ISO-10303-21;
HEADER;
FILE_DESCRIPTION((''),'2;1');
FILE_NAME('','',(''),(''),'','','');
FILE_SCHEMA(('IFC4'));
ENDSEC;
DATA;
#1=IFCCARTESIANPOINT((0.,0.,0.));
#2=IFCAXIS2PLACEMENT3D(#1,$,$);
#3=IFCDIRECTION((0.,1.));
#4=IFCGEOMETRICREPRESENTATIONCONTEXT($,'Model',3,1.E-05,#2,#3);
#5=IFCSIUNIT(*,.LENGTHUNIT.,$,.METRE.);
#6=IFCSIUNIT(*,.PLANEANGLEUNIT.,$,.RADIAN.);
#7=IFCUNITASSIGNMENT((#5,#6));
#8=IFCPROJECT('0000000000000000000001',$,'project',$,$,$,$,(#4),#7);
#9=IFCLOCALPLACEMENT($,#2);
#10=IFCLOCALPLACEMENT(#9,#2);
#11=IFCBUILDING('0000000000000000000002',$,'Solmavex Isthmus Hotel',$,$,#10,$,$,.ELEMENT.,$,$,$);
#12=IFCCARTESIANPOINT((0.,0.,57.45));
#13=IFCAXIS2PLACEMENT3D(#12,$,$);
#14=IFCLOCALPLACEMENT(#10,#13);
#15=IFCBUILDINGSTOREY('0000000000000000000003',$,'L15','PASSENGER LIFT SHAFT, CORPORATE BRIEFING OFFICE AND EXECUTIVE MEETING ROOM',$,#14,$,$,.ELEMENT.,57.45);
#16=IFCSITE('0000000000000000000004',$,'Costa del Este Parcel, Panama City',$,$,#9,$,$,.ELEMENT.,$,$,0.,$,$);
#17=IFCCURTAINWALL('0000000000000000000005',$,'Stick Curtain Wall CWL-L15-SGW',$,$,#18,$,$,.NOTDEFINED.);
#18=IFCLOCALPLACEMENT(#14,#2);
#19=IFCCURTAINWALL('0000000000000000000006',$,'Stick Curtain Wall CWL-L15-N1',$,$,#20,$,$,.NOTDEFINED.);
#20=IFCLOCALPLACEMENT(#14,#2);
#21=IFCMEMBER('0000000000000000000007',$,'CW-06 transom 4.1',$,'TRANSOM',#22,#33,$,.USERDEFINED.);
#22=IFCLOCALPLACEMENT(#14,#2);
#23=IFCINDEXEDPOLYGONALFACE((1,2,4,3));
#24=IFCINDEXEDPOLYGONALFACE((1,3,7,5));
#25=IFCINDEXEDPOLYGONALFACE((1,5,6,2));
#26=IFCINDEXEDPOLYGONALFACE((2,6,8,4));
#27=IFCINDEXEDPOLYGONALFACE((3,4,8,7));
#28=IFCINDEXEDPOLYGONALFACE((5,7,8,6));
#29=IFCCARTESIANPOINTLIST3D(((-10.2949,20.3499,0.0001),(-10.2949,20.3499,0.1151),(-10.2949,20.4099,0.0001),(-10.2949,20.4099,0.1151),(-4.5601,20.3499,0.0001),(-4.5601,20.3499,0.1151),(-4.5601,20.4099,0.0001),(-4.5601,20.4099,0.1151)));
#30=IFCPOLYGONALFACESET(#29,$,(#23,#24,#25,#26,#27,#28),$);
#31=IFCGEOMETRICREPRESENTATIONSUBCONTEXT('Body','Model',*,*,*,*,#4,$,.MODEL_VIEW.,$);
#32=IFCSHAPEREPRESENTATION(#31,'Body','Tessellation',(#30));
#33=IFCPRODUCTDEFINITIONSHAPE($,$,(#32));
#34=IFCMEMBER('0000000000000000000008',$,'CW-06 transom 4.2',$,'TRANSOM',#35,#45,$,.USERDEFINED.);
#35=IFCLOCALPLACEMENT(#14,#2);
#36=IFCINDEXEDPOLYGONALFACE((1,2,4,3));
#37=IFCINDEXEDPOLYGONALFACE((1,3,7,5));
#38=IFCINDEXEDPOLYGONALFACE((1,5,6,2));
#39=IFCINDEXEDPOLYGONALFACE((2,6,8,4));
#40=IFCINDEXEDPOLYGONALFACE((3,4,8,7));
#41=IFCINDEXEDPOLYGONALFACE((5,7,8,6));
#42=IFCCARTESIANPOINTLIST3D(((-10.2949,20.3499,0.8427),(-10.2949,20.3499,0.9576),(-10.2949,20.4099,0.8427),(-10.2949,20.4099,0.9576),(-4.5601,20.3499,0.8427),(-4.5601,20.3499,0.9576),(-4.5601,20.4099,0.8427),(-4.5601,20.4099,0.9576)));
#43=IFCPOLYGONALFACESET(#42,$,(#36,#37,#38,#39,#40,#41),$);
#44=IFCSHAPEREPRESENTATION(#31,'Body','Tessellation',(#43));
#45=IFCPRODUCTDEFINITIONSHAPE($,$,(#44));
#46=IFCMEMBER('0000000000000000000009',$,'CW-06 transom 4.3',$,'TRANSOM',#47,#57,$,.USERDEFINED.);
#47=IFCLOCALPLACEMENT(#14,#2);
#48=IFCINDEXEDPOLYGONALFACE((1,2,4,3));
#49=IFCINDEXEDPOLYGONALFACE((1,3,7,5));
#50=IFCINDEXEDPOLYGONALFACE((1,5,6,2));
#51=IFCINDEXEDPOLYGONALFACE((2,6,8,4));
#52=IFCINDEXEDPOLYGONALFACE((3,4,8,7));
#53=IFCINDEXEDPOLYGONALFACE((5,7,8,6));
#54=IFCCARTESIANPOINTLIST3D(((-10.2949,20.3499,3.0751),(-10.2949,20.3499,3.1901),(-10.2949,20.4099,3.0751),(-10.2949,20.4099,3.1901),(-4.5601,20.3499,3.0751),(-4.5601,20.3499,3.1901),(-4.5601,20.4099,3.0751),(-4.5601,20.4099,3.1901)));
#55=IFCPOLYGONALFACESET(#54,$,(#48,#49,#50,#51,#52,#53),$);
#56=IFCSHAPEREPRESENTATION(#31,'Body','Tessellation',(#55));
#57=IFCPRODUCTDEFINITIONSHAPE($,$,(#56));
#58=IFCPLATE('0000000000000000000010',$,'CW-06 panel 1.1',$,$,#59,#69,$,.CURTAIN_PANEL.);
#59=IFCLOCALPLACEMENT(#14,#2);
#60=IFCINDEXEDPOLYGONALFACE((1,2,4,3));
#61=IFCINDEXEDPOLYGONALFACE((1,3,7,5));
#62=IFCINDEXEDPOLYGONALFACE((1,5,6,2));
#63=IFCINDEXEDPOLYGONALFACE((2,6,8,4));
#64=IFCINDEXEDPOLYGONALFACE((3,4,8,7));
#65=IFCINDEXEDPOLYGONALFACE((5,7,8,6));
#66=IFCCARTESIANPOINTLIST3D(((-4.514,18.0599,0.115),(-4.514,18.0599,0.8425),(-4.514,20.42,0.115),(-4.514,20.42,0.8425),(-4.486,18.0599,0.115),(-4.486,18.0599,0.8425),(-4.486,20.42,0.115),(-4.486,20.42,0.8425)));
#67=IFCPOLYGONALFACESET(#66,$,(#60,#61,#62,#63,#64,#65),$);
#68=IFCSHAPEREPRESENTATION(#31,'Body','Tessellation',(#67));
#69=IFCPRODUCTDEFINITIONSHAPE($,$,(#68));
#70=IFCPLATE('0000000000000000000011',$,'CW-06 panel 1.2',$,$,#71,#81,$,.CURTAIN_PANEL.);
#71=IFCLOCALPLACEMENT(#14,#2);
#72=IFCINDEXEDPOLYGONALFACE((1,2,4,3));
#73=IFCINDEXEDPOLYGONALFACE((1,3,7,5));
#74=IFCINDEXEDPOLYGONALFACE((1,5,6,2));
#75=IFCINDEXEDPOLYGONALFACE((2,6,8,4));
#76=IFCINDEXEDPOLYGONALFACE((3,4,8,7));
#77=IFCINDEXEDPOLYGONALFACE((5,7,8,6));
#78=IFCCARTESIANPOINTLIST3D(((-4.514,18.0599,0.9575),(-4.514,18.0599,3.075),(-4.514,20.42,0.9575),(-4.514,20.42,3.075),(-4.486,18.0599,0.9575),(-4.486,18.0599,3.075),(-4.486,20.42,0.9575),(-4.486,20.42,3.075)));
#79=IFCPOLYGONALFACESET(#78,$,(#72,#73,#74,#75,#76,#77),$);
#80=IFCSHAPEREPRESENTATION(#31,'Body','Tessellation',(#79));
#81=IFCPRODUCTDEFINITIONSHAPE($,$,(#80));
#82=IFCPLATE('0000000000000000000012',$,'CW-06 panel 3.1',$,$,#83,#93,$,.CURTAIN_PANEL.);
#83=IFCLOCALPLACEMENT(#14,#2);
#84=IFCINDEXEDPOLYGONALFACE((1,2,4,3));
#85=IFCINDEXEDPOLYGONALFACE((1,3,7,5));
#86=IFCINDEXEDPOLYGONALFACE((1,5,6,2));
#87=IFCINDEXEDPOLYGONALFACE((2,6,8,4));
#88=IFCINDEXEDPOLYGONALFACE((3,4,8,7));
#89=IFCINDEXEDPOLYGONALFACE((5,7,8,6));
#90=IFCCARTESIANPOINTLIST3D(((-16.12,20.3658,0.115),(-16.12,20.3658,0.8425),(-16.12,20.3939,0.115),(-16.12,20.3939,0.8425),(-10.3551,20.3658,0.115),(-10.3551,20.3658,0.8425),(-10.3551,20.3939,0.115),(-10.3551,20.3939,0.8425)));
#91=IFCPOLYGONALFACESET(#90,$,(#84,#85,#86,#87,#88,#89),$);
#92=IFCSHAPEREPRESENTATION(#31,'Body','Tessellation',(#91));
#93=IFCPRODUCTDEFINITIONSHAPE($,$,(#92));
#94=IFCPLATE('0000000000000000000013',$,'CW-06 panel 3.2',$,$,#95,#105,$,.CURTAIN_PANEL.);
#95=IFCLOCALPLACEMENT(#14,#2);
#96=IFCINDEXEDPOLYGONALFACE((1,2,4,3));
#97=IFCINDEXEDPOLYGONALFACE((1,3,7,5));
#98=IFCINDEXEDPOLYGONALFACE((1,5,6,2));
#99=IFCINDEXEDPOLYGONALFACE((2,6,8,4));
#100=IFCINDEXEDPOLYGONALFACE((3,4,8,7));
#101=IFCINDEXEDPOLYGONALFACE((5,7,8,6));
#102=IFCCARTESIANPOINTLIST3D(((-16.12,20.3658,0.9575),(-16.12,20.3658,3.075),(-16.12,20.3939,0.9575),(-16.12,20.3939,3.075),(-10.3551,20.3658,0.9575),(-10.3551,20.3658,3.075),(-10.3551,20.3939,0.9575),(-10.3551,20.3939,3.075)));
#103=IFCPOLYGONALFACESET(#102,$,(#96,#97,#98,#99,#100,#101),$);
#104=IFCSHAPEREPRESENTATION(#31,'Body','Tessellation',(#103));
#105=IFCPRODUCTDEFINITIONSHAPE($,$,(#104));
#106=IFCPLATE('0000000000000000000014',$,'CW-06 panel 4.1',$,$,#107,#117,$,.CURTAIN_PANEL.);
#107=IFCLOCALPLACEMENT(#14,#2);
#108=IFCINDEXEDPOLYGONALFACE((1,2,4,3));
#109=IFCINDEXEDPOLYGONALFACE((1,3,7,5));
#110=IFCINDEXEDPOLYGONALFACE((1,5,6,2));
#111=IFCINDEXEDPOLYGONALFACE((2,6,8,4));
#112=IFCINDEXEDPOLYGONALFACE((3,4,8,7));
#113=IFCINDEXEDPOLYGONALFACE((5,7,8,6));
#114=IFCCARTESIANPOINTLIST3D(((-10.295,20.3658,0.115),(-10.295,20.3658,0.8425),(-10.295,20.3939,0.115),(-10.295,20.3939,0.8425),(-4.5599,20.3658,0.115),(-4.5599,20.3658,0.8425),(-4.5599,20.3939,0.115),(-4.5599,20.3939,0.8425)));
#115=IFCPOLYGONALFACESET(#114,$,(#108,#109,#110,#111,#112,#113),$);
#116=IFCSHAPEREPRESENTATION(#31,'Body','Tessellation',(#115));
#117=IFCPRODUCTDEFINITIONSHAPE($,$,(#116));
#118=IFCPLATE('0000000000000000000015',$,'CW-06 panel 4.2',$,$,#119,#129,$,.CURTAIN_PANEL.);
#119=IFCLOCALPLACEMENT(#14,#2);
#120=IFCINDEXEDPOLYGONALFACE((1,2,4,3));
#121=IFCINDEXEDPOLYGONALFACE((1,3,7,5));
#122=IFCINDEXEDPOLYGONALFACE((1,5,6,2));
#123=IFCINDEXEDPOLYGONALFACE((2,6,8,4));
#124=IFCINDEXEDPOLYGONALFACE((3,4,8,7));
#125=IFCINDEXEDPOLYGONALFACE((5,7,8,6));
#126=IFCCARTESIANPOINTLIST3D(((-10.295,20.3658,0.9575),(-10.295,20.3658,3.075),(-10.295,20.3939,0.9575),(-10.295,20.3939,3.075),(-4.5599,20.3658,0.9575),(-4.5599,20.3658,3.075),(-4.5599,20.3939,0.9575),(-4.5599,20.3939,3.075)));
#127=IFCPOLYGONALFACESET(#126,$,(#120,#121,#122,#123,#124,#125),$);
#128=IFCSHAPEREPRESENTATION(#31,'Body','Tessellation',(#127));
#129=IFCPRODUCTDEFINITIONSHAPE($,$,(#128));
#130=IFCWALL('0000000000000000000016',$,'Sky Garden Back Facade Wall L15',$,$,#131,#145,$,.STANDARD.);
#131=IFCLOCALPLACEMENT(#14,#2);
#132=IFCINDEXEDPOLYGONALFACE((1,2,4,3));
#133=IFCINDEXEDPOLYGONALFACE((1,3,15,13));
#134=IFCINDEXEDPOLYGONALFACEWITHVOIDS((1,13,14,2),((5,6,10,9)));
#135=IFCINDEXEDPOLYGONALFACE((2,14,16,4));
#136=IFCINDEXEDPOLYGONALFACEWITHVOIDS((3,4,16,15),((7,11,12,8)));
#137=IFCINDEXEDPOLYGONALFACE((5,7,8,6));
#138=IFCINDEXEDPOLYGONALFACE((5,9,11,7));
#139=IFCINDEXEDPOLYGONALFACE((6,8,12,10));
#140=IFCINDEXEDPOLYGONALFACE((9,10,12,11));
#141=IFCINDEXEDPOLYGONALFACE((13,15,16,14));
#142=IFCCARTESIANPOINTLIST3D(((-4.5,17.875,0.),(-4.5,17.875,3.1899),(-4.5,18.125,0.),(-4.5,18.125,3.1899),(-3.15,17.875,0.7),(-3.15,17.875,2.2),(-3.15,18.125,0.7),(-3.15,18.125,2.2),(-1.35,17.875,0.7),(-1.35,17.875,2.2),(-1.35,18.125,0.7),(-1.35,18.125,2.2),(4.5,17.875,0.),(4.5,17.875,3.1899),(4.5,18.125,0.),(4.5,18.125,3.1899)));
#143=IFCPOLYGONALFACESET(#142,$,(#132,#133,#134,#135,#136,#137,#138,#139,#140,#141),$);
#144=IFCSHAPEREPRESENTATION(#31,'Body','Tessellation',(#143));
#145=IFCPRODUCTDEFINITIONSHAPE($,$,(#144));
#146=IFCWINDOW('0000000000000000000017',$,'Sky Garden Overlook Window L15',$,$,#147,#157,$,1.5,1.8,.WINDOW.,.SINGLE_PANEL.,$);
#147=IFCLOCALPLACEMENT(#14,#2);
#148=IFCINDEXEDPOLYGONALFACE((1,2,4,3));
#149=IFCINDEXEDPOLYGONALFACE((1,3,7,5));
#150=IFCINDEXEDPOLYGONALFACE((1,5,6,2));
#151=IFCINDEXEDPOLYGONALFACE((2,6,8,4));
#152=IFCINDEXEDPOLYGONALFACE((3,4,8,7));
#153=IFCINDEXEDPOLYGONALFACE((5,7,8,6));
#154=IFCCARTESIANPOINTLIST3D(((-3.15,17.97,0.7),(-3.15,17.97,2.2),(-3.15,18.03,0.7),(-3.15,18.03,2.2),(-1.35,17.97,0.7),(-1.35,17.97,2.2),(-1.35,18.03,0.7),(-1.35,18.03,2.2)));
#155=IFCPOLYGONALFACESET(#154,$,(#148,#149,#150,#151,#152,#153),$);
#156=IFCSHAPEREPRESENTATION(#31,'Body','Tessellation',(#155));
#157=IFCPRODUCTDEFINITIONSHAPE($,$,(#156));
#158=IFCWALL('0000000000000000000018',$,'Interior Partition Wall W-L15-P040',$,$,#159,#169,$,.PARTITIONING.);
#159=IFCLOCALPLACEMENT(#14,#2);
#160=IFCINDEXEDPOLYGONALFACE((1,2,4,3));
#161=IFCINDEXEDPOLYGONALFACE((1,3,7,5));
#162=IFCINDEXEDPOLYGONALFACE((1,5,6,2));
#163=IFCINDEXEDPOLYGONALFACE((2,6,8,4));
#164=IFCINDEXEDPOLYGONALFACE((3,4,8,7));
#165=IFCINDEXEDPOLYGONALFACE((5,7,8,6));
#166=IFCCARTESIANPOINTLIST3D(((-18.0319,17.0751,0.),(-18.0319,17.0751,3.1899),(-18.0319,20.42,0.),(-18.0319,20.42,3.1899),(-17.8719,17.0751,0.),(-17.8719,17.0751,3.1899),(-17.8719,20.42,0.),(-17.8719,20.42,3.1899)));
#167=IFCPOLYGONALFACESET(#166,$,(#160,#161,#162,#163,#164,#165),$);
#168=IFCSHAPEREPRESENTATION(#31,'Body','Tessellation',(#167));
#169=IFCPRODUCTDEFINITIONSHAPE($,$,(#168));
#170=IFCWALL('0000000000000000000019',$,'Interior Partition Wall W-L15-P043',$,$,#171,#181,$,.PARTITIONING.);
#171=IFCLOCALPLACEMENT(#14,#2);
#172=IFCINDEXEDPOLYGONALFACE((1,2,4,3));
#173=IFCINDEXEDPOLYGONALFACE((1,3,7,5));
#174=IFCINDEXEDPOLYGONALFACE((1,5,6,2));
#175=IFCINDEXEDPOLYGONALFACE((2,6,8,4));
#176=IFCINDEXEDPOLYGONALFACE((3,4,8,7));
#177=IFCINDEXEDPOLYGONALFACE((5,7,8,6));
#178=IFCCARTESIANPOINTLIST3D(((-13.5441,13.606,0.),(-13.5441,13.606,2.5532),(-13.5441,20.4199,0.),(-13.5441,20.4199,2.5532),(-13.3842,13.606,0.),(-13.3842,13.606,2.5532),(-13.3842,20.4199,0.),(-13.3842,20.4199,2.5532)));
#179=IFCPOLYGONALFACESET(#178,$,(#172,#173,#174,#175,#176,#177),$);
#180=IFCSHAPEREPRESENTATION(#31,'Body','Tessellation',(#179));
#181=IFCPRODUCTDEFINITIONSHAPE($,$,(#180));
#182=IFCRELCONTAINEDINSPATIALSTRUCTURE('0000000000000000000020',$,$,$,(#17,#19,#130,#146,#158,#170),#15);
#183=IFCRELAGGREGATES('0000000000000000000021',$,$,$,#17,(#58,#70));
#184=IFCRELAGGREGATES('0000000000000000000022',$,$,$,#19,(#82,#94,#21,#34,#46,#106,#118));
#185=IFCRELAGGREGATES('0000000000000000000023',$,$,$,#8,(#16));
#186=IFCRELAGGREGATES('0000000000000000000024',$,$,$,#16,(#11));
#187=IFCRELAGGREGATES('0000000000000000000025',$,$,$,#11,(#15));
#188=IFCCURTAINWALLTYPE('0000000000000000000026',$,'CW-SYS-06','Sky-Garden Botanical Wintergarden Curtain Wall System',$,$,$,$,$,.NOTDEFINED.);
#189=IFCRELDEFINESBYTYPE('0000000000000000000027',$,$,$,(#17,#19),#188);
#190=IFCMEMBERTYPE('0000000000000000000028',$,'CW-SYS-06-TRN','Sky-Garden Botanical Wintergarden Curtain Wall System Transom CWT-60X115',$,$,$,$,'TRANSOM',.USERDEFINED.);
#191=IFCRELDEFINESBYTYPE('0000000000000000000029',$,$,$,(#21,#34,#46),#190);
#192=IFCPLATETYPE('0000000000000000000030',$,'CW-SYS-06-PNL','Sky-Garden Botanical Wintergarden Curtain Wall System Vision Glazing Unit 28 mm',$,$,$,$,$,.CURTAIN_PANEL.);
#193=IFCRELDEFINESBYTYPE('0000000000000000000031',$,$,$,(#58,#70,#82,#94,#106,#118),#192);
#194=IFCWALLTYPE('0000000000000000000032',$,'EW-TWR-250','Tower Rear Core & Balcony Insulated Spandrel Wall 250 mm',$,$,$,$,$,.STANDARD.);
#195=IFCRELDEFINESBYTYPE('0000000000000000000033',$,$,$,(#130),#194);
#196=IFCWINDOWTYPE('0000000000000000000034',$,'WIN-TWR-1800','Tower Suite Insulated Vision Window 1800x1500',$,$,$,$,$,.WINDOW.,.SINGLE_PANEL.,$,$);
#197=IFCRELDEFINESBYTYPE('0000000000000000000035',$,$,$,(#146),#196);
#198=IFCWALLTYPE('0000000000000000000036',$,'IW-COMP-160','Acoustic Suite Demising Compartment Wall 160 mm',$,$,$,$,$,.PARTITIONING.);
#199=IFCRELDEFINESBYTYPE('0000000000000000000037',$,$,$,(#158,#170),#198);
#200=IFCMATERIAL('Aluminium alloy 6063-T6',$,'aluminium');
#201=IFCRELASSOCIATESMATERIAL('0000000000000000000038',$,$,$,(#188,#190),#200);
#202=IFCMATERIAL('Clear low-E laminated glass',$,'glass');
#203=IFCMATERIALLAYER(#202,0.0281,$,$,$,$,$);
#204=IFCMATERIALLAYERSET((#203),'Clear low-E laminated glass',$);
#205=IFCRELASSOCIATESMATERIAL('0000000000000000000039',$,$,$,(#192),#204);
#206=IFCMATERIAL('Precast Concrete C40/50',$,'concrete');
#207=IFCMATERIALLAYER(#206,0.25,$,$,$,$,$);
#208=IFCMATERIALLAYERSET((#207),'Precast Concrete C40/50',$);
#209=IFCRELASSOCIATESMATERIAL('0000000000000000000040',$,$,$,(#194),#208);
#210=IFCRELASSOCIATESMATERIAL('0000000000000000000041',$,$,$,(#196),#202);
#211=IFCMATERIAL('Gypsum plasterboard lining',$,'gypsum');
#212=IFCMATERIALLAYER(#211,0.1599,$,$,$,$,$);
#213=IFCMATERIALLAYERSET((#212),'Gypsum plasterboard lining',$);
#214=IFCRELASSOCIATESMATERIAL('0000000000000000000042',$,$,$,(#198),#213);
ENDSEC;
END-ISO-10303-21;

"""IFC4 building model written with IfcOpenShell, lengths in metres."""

from ifc_helpers import new_model, si_unit, direction, frame, frame_2d, origin, origin_2d, place, context, subcontext, project, spatial, rectangle, extrude, material, layer, layer_set, material_profile, profile_set, type_object, element, fill, aggregate, save


model = new_model("IFC4")

# Units and contexts
model_context = context("Model", 3, precision=1e-05, world=origin(), true_north=direction((0.0, 1.0)))
body_context = subcontext(model_context, "Body", "Model", "MODEL_VIEW")
ifc_project = project(units=[si_unit("LENGTHUNIT", "METRE"), si_unit("PLANEANGLEUNIT", "RADIAN")], contexts=[model_context])

# Site, building, storey
site_placement = place(None, origin())
site = spatial("IfcSite", under=ifc_project, at=site_placement, Name="Costa del Este Parcel, Panama City", CompositionType="ELEMENT", RefElevation=0.0)
building_placement = place(site_placement, origin())
building = spatial("IfcBuilding", under=site, at=building_placement, Name="Solmavex Isthmus Hotel", CompositionType="ELEMENT")
storey_placement = place(building_placement, frame((0.0, 0.0, 57.45)))
storey = spatial("IfcBuildingStorey", under=building, at=storey_placement, Name="L15", Description="PASSENGER LIFT SHAFT, CORPORATE BRIEFING OFFICE AND EXECUTIVE MEETING ROOM", CompositionType="ELEMENT", Elevation=57.45)

# Curtain walls
ifc_material_1 = material(Name="Aluminium alloy 6063-T6", Category="aluminium")
curtain_wall_type = type_object("IfcCurtainWallType", Name="CW-SYS-06", Description="Sky-Garden Botanical Wintergarden Curtain Wall System", PredefinedType="NOTDEFINED", material=ifc_material_1)
curtain_wall_1_placement = place(storey_placement, origin())
curtain_wall_1 = element("IfcCurtainWall", 1, at=curtain_wall_1_placement, inside=storey, type_object=curtain_wall_type, Name="Stick Curtain Wall CWL-L15-SGW", PredefinedType="NOTDEFINED")
curtain_wall_2_placement = place(storey_placement, origin())
curtain_wall_2 = element("IfcCurtainWall", 2, at=curtain_wall_2_placement, inside=storey, type_object=curtain_wall_type, Name="Stick Curtain Wall CWL-L15-N1", PredefinedType="NOTDEFINED")

# Members
ifc_material_profile_1 = material_profile(ifc_material_1, rectangle(XDim=0.0601, YDim=0.115, at=origin_2d()), Name="CWT-60X115")
ifc_profile_set_1 = profile_set([ifc_material_profile_1], Name="Aluminium alloy 6063-T6")
member_type_1 = type_object("IfcMemberType", Name="CW-SYS-06-TRN", Description="Sky-Garden Botanical Wintergarden Curtain Wall System Transom CWT-60X115", ElementType="TRANSOM", PredefinedType="USERDEFINED", material=ifc_profile_set_1)
member_1_placement = place(storey_placement, frame((-10.2949, 20.3799, 0.0576), z_axis=(1.0, 0.0, 0.0), x_axis=(0.0, 1.0, 0.0)))
member_1 = element("IfcMember", 3, at=member_1_placement, type_object=member_type_1, Name="CW-06 transom 4.1", ObjectType="TRANSOM", PredefinedType="USERDEFINED", context=body_context, shape_type="SweptSolid", body=[
    extrude(rectangle(XDim=0.0601, YDim=0.115, at=origin_2d()), origin(), (0.0, 0.0, 1.0), 5.7349),
])
member_2_placement = place(storey_placement, frame((-10.2949, 20.3799, 0.9001), z_axis=(1.0, 0.0, 0.0), x_axis=(0.0, 1.0, 0.0)))
member_2 = element("IfcMember", 4, at=member_2_placement, type_object=member_type_1, Name="CW-06 transom 4.2", ObjectType="TRANSOM", PredefinedType="USERDEFINED", context=body_context, shape_type="SweptSolid", body=[
    extrude(rectangle(XDim=0.0601, YDim=0.115, at=origin_2d()), origin(), (0.0, 0.0, 1.0), 5.7349),
])
member_3_placement = place(storey_placement, frame((-10.2949, 20.3799, 3.1326), z_axis=(1.0, 0.0, 0.0), x_axis=(0.0, 1.0, 0.0)))
member_3 = element("IfcMember", 5, at=member_3_placement, type_object=member_type_1, Name="CW-06 transom 4.3", ObjectType="TRANSOM", PredefinedType="USERDEFINED", context=body_context, shape_type="SweptSolid", body=[
    extrude(rectangle(XDim=0.0601, YDim=0.115, at=origin_2d()), origin(), (0.0, 0.0, 1.0), 5.7349),
])

# Plates
ifc_material_2 = material(Name="Clear low-E laminated glass", Category="glass")
ifc_layer_1 = layer(ifc_material_2, 0.0281)
ifc_layer_set_1 = layer_set([ifc_layer_1], Name="Clear low-E laminated glass")
plate_type = type_object("IfcPlateType", Name="CW-SYS-06-PNL", Description="Sky-Garden Botanical Wintergarden Curtain Wall System Vision Glazing Unit 28 mm", PredefinedType="CURTAIN_PANEL", material=ifc_layer_set_1)
plate_1_placement = place(storey_placement, frame((-4.5, 19.24, 0.115), z_axis=(0.0, 0.0, 1.0), x_axis=(0.0, 1.0, 0.0)))
plate_1 = element("IfcPlate", 6, at=plate_1_placement, type_object=plate_type, Name="CW-06 panel 1.1", PredefinedType="CURTAIN_PANEL", context=body_context, shape_type="SweptSolid", body=[
    extrude(rectangle(XDim=2.3601, YDim=0.0281, at=origin_2d()), origin(), (0.0, 0.0, 1.0), 0.7275),
])
plate_2_placement = place(storey_placement, frame((-4.5, 19.24, 0.9575), z_axis=(0.0, 0.0, 1.0), x_axis=(0.0, 1.0, 0.0)))
plate_2 = element("IfcPlate", 7, at=plate_2_placement, type_object=plate_type, Name="CW-06 panel 1.2", PredefinedType="CURTAIN_PANEL", context=body_context, shape_type="SweptSolid", body=[
    extrude(rectangle(XDim=2.3601, YDim=0.0281, at=origin_2d()), origin(), (0.0, 0.0, 1.0), 2.1174),
])
aggregate(curtain_wall_1, [plate_1, plate_2])
plate_3_placement = place(storey_placement, frame((-13.2375, 20.3799, 0.115), z_axis=(0.0, 0.0, 1.0), x_axis=(1.0, 0.0, 0.0)))
plate_3 = element("IfcPlate", 8, at=plate_3_placement, type_object=plate_type, Name="CW-06 panel 3.1", PredefinedType="CURTAIN_PANEL", context=body_context, shape_type="SweptSolid", body=[
    extrude(rectangle(XDim=5.7649, YDim=0.0281, at=origin_2d()), origin(), (0.0, 0.0, 1.0), 0.7275),
])
plate_4_placement = place(storey_placement, frame((-13.2375, 20.3799, 0.9575), z_axis=(0.0, 0.0, 1.0), x_axis=(1.0, 0.0, 0.0)))
plate_4 = element("IfcPlate", 9, at=plate_4_placement, type_object=plate_type, Name="CW-06 panel 3.2", PredefinedType="CURTAIN_PANEL", context=body_context, shape_type="SweptSolid", body=[
    extrude(rectangle(XDim=5.7649, YDim=0.0281, at=origin_2d()), origin(), (0.0, 0.0, 1.0), 2.1174),
])
plate_5_placement = place(storey_placement, frame((-7.4275, 20.3799, 0.115), z_axis=(0.0, 0.0, 1.0), x_axis=(1.0, 0.0, 0.0)))
plate_5 = element("IfcPlate", 10, at=plate_5_placement, type_object=plate_type, Name="CW-06 panel 4.1", PredefinedType="CURTAIN_PANEL", context=body_context, shape_type="SweptSolid", body=[
    extrude(rectangle(XDim=5.7351, YDim=0.0281, at=origin_2d()), origin(), (0.0, 0.0, 1.0), 0.7275),
])
plate_6_placement = place(storey_placement, frame((-7.4275, 20.3799, 0.9575), z_axis=(0.0, 0.0, 1.0), x_axis=(1.0, 0.0, 0.0)))
plate_6 = element("IfcPlate", 11, at=plate_6_placement, type_object=plate_type, Name="CW-06 panel 4.2", PredefinedType="CURTAIN_PANEL", context=body_context, shape_type="SweptSolid", body=[
    extrude(rectangle(XDim=5.7351, YDim=0.0281, at=origin_2d()), origin(), (0.0, 0.0, 1.0), 2.1174),
])
aggregate(curtain_wall_2, [plate_3, plate_4, member_1, member_2, member_3, plate_5, plate_6])

# Wall, opening, window
ifc_material_3 = material(Name="Precast Concrete C40/50", Category="concrete")
ifc_layer_2 = layer(ifc_material_3, 0.25)
ifc_layer_set_2 = layer_set([ifc_layer_2], Name="Precast Concrete C40/50")
wall_type_1 = type_object("IfcWallType", Name="EW-TWR-250", Description="Tower Rear Core & Balcony Insulated Spandrel Wall 250 mm", PredefinedType="STANDARD", material=ifc_layer_set_2)
wall_1_placement = place(storey_placement, frame((-4.5, 18.0, 0.0), z_axis=(0.0, 0.0, 1.0), x_axis=(1.0, 0.0, 0.0)))
wall_1 = element("IfcWall", 12, at=wall_1_placement, inside=storey, type_object=wall_type_1, Name="Sky Garden Back Facade Wall L15", PredefinedType="STANDARD", context=body_context, shape_type="SweptSolid", body=[
    extrude(rectangle(XDim=9.0, YDim=0.25, at=frame_2d((4.5, 0.0))), origin(), (0.0, 0.0, 1.0), 3.1899),
])
opening_placement = place(wall_1_placement, frame((1.3501, 0.0, 0.7)))
opening = element("IfcOpeningElement", 13, at=opening_placement, cuts=wall_1, PredefinedType="OPENING", context=body_context, shape_type="SweptSolid", body=[
    extrude(rectangle(XDim=1.8, YDim=1.5, at=frame_2d((0.8999, 0.75))), frame((0.0, 0.135, 0.0), z_axis=(0.0, -1.0, 0.0), x_axis=(1.0, 0.0, 0.0)), (0.0, 0.0, 1.0), 0.27),
])
window_type = type_object("IfcWindowType", Name="WIN-TWR-1800", Description="Tower Suite Insulated Vision Window 1800x1500", PartitioningType="SINGLE_PANEL", PredefinedType="WINDOW", material=ifc_material_2)
window_placement = place(opening_placement, origin())
window = element("IfcWindow", 14, at=window_placement, inside=storey, type_object=window_type, Name="Sky Garden Overlook Window L15", OverallHeight=1.5, OverallWidth=1.8, PartitioningType="SINGLE_PANEL", PredefinedType="WINDOW", context=body_context, shape_type="SweptSolid", body=[
    extrude(rectangle(XDim=1.8, YDim=1.5, at=frame_2d((0.8999, 0.75))), frame((0.0, 0.03, 0.0), z_axis=(0.0, -1.0, 0.0), x_axis=(1.0, 0.0, 0.0)), (0.0, 0.0, 1.0), 0.0601),
])
fill(opening, window)

# Walls
ifc_material_4 = material(Name="Gypsum plasterboard lining", Category="gypsum")
ifc_layer_3 = layer(ifc_material_4, 0.1599)
ifc_layer_set_3 = layer_set([ifc_layer_3], Name="Gypsum plasterboard lining")
wall_type_2 = type_object("IfcWallType", Name="IW-COMP-160", Description="Acoustic Suite Demising Compartment Wall 160 mm", PredefinedType="PARTITIONING", material=ifc_layer_set_3)
wall_2_placement = place(storey_placement, frame((-17.9519, 20.4199, 0.0), z_axis=(0.0, 0.0, 1.0), x_axis=(0.0, -1.0, 0.0)))
element("IfcWall", 15, at=wall_2_placement, inside=storey, type_object=wall_type_2, Name="Interior Partition Wall W-L15-P040", PredefinedType="PARTITIONING", context=body_context, shape_type="SweptSolid", body=[
    extrude(rectangle(XDim=3.345, YDim=0.1599, at=frame_2d((1.6724, 0.0))), origin(), (0.0, 0.0, 1.0), 3.1899),
])
wall_3_placement = place(storey_placement, frame((-13.4641, 20.4199, 0.0), z_axis=(0.0, 0.0, 1.0), x_axis=(0.0, -1.0, 0.0)))
element("IfcWall", 16, at=wall_3_placement, inside=storey, type_object=wall_type_2, Name="Interior Partition Wall W-L15-P043", PredefinedType="PARTITIONING", context=body_context, shape_type="SweptSolid", body=[
    extrude(rectangle(XDim=6.814, YDim=0.1599, at=frame_2d((3.407, 0.0))), origin(), (0.0, 0.0, 1.0), 2.5532),
])

save(model, "model.ifc")
